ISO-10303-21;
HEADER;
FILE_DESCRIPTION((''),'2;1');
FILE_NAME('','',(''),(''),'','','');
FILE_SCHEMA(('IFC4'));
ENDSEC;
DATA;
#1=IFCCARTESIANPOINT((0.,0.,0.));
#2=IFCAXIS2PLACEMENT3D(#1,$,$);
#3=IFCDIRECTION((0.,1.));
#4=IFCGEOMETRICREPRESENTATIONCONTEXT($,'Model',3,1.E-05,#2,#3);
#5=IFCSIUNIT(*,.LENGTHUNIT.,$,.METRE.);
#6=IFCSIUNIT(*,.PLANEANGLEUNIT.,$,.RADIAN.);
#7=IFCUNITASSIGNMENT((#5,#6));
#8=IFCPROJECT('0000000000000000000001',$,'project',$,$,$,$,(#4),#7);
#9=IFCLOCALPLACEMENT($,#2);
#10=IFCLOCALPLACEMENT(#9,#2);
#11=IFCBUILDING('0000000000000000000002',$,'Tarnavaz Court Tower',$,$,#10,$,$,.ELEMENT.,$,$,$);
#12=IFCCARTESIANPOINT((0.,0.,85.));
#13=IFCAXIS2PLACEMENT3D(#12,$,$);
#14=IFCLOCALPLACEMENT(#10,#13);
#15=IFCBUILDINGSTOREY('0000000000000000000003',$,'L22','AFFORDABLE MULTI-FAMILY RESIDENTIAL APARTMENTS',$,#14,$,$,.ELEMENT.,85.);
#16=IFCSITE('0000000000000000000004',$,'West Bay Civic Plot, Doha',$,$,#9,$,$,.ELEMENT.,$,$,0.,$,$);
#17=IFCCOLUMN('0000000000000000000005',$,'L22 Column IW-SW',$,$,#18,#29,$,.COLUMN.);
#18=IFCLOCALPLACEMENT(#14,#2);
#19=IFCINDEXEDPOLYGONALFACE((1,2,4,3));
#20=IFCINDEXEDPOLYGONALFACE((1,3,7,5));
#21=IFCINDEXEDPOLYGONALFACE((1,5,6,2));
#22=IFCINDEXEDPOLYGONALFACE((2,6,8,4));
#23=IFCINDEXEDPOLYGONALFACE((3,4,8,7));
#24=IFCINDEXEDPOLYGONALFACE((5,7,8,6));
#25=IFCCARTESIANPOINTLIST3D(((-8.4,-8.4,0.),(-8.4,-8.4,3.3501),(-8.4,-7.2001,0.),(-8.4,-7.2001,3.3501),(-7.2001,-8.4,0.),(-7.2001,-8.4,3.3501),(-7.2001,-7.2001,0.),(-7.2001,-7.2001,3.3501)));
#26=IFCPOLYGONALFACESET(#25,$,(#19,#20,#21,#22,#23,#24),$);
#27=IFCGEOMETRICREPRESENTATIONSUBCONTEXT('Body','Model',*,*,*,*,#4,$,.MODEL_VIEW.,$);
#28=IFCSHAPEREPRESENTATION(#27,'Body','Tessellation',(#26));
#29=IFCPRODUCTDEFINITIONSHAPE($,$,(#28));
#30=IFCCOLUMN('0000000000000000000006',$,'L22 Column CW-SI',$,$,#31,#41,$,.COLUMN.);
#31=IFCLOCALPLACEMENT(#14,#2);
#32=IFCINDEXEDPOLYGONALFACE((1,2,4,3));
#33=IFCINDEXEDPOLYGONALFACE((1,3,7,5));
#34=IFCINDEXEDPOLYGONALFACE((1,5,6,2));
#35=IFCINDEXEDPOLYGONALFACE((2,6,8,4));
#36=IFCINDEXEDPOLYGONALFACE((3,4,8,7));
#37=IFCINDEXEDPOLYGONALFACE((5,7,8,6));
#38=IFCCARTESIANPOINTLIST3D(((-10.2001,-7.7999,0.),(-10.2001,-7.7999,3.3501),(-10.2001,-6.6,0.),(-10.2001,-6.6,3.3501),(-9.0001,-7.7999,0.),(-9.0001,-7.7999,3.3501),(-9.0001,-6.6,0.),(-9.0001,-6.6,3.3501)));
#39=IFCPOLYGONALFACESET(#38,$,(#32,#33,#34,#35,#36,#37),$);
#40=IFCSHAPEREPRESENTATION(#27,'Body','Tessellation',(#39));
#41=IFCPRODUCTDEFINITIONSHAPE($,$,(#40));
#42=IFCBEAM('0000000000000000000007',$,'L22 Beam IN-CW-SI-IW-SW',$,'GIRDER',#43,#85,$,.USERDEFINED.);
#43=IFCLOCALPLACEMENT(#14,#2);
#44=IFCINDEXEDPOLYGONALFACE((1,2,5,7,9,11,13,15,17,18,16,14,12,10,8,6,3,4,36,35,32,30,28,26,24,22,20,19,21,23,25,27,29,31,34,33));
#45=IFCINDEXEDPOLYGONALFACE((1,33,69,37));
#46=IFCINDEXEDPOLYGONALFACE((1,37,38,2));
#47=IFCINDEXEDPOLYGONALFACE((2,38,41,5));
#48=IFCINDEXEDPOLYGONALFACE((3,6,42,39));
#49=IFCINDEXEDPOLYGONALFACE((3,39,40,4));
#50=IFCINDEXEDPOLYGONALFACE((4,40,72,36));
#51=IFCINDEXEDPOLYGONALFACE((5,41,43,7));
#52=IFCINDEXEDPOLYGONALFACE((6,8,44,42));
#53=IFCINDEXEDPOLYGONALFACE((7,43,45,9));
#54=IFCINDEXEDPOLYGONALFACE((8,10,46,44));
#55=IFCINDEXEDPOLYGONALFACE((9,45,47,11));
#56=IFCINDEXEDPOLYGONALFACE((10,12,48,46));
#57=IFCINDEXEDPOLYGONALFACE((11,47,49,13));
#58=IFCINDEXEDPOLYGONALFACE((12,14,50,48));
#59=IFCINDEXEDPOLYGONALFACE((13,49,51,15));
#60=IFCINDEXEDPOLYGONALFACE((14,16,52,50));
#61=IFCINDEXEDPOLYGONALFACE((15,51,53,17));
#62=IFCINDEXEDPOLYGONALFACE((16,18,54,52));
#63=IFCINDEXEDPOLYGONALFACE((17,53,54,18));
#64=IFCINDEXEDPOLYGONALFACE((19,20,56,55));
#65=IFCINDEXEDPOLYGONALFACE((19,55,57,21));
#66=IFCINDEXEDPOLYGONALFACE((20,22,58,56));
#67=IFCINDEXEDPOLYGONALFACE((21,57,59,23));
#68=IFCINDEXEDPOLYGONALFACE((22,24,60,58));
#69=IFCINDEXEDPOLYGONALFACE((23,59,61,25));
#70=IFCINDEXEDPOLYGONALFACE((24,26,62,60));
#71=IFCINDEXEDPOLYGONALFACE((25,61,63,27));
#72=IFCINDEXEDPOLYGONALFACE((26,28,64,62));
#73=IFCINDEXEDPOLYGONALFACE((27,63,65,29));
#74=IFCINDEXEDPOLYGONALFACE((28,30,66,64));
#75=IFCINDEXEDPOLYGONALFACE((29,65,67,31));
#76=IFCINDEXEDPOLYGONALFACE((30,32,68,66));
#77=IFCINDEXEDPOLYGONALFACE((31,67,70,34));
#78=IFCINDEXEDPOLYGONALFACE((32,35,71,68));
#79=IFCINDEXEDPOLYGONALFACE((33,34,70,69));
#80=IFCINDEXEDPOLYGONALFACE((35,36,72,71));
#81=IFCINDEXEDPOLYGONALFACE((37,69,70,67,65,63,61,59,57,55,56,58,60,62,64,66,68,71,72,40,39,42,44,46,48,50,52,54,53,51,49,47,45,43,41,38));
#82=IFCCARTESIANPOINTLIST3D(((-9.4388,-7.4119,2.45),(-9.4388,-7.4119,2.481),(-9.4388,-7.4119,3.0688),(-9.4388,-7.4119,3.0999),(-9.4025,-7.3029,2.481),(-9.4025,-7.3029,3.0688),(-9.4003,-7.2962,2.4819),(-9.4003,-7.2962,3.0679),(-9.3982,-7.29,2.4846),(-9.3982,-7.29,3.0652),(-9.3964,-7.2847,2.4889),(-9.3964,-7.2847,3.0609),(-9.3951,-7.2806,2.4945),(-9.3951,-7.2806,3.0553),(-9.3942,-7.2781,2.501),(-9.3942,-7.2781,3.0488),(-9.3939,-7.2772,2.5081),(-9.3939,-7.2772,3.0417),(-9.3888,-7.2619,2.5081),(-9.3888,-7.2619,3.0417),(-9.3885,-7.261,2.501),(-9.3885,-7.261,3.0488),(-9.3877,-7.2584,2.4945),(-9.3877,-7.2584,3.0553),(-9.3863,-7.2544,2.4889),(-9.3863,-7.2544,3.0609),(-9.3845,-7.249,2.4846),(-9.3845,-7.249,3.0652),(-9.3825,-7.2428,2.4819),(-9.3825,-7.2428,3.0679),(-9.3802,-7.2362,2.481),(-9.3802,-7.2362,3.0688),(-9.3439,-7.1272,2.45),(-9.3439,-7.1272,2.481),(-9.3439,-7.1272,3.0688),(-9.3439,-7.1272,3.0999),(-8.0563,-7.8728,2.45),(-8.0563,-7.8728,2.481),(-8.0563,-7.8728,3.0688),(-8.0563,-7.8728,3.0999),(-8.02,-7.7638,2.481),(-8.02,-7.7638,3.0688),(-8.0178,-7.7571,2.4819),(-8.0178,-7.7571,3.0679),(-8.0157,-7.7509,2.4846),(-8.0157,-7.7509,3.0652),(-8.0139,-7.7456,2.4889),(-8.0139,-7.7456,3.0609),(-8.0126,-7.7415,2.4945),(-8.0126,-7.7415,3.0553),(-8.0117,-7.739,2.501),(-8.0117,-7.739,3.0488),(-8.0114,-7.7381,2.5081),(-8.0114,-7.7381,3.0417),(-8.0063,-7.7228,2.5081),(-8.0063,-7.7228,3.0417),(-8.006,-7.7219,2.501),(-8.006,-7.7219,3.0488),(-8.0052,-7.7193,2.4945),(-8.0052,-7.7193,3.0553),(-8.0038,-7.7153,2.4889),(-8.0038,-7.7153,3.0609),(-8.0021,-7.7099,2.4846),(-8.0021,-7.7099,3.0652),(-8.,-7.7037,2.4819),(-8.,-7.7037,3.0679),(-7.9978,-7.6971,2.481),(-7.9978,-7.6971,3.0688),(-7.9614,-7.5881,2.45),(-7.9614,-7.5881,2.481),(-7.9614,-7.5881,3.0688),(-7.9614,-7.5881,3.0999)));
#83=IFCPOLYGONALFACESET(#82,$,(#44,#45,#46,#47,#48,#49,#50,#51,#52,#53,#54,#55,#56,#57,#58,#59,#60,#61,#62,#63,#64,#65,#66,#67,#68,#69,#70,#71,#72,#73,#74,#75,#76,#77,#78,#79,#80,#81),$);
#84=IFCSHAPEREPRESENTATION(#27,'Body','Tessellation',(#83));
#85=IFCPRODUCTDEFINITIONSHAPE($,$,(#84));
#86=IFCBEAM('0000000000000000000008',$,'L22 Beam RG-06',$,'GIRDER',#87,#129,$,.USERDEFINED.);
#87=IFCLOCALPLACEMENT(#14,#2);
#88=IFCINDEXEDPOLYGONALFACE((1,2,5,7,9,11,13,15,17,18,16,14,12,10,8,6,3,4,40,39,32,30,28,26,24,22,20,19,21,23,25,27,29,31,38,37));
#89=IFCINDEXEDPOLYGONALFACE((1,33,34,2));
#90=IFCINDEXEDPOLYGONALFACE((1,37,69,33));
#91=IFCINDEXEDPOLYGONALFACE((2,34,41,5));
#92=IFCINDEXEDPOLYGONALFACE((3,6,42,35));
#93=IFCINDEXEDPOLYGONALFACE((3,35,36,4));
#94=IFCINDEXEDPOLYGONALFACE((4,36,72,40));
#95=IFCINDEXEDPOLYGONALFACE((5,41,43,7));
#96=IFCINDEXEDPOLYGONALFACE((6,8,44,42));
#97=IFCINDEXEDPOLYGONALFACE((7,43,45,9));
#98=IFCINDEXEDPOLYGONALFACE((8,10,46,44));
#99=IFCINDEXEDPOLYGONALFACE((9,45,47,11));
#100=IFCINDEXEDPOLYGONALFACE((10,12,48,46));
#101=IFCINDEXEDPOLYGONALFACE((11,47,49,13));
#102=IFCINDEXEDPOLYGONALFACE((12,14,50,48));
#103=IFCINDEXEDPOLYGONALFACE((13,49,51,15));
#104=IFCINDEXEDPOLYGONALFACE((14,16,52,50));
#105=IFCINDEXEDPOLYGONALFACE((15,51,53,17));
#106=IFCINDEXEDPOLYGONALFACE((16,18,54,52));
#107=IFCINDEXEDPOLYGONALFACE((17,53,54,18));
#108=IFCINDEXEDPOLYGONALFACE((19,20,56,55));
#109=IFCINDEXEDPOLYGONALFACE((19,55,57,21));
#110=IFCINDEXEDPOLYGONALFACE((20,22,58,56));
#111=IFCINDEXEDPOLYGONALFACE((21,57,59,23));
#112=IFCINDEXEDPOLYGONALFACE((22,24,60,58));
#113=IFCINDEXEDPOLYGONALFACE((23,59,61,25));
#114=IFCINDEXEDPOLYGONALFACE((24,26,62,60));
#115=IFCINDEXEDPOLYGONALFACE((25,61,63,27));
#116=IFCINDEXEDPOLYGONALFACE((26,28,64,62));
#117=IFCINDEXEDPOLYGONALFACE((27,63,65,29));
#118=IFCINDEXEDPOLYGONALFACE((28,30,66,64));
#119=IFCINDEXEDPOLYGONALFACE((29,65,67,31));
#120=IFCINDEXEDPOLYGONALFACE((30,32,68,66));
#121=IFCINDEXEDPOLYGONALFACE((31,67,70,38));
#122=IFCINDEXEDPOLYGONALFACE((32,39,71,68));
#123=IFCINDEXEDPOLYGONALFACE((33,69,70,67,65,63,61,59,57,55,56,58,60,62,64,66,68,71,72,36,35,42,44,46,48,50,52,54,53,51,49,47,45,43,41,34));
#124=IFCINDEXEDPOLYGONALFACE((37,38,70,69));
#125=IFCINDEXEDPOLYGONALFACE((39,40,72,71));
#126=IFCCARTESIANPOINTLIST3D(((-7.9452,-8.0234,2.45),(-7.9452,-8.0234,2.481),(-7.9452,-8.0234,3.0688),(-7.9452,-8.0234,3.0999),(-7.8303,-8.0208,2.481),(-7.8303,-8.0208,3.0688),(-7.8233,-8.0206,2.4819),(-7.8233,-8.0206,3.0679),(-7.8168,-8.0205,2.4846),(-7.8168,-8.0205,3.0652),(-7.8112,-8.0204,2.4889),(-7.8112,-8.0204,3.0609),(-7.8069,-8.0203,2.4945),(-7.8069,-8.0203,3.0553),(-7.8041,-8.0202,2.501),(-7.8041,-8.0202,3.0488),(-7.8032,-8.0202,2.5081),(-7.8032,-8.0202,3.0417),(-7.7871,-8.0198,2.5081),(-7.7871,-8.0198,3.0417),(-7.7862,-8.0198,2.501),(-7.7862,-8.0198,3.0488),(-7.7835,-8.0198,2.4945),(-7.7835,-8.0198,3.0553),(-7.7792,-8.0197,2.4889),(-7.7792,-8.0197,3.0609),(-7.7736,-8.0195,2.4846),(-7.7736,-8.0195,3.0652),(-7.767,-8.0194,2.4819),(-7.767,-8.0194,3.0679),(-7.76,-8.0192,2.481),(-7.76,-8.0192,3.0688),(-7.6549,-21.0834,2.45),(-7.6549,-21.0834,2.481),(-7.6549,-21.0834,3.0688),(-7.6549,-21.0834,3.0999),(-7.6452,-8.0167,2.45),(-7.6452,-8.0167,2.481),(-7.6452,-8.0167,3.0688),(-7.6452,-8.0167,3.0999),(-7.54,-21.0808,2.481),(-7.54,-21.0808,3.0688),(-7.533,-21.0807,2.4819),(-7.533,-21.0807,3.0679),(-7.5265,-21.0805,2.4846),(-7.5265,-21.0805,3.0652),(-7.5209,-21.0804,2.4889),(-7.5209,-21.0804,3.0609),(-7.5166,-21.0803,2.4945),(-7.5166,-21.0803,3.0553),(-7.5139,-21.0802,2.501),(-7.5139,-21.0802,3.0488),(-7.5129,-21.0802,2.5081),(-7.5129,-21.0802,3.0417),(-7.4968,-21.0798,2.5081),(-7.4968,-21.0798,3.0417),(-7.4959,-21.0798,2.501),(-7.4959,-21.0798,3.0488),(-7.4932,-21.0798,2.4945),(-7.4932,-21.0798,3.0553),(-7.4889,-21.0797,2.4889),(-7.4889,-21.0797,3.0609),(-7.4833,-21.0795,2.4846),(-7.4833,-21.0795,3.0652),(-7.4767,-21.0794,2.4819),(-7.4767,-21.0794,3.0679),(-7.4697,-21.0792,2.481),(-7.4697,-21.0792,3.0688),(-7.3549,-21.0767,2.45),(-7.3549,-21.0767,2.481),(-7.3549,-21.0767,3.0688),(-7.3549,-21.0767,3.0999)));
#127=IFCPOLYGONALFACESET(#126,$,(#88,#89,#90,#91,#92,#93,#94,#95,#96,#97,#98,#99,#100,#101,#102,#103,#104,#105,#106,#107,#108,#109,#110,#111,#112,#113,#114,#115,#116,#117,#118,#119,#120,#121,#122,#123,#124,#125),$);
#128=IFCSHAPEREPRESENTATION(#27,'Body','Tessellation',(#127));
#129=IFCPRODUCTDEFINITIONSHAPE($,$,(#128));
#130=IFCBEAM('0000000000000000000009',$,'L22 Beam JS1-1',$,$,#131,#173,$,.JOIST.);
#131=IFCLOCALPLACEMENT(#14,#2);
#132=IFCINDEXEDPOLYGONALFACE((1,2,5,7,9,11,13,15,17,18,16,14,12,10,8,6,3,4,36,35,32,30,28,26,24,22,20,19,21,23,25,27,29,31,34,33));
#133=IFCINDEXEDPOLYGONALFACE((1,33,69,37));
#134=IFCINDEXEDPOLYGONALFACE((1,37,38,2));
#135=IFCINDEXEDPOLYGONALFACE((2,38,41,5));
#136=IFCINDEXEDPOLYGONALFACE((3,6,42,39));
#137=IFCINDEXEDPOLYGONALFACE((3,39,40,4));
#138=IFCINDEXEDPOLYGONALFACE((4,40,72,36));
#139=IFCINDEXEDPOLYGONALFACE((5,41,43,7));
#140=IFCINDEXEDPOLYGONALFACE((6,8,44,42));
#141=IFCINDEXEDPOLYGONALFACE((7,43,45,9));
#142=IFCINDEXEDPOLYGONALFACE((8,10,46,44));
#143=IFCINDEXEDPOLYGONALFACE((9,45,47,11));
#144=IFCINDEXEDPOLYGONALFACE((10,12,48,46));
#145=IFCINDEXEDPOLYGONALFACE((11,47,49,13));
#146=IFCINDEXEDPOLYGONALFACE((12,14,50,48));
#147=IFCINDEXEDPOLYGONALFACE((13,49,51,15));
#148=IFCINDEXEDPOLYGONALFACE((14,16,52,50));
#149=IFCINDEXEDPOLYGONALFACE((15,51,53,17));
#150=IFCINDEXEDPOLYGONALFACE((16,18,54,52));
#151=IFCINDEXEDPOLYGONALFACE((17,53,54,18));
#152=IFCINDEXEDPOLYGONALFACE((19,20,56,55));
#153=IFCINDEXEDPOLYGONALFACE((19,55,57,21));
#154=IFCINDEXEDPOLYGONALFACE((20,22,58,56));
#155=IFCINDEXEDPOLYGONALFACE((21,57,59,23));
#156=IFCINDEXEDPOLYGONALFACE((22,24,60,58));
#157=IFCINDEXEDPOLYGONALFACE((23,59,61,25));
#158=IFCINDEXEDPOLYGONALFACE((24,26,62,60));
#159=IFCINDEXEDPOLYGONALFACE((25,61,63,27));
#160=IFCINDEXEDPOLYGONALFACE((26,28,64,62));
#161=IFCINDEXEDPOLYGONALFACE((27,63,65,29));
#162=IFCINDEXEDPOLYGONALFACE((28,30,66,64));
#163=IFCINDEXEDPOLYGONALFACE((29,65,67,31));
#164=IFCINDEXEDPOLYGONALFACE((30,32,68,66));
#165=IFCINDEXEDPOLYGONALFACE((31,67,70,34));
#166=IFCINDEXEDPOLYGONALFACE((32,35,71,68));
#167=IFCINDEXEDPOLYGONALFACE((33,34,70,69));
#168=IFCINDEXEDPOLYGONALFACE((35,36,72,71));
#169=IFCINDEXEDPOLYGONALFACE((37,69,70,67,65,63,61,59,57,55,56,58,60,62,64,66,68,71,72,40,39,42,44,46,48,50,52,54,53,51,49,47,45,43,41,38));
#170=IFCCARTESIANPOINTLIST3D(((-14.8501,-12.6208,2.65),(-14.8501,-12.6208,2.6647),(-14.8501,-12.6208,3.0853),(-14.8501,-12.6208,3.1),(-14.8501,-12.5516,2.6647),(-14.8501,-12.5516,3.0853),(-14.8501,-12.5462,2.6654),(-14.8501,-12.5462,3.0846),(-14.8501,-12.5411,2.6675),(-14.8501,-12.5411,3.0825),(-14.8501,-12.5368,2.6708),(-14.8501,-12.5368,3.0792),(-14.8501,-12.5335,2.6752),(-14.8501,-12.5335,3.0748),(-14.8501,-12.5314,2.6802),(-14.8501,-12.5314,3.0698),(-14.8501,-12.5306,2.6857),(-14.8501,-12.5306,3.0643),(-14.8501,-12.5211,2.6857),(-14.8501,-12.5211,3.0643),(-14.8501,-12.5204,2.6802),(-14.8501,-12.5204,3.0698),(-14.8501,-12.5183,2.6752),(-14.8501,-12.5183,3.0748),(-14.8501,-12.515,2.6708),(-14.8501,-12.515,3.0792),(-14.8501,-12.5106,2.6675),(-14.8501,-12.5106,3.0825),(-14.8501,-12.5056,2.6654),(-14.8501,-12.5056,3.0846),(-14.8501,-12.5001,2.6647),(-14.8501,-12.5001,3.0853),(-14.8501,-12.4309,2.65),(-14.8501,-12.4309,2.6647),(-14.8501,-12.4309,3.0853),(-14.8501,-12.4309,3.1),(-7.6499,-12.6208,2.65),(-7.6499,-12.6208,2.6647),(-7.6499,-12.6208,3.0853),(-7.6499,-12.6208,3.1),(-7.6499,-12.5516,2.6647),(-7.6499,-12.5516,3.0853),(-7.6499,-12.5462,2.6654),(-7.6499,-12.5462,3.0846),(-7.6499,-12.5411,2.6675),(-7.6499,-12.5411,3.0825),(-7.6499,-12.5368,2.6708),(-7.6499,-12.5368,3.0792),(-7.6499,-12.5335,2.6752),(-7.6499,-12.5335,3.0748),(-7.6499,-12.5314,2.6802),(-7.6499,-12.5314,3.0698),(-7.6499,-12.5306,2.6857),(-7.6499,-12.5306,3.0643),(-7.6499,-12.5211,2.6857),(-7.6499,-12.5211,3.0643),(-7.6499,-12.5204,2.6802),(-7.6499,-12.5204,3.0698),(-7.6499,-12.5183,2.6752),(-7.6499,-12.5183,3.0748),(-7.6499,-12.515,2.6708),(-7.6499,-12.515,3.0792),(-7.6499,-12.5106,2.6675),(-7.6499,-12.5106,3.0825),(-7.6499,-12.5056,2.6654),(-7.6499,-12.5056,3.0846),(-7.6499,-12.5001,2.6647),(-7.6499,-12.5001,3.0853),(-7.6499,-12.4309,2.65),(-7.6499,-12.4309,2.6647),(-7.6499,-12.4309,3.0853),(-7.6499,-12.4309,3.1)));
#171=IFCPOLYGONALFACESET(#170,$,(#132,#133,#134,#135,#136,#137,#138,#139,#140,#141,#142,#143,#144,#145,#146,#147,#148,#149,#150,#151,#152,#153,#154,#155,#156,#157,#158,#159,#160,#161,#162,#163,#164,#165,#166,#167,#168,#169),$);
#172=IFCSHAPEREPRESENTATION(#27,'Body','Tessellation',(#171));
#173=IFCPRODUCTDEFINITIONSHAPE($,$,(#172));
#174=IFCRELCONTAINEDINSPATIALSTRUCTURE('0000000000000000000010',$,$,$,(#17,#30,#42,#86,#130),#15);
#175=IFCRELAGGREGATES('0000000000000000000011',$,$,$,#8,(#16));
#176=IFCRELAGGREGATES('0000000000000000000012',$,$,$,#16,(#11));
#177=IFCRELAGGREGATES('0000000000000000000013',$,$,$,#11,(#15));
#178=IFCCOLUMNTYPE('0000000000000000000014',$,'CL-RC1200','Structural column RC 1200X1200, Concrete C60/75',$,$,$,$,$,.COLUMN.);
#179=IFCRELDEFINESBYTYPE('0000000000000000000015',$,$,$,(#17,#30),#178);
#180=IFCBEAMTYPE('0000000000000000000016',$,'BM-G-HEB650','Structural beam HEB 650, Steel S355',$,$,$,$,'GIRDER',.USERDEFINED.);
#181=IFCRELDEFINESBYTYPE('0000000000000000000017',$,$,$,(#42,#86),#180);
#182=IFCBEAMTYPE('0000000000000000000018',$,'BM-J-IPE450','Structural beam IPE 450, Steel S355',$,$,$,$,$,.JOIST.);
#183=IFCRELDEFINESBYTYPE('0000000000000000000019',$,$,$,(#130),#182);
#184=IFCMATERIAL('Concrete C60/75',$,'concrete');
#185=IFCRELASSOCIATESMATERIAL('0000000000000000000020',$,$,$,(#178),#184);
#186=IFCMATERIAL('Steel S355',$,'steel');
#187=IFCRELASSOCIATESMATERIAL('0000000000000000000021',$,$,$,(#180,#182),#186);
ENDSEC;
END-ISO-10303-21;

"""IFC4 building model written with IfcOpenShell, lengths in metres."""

from ifc_helpers import new_model, si_unit, direction, frame, origin, origin_2d, place, context, subcontext, project, spatial, rectangle, i_section, extrude, material, material_profile, profile_set, type_object, element, save


model = new_model("IFC4")

# Units and contexts
model_context = context("Model", 3, precision=1e-05, world=origin(), true_north=direction((0.0, 1.0)))
body_context = subcontext(model_context, "Body", "Model", "MODEL_VIEW")
ifc_project = project(units=[si_unit("LENGTHUNIT", "METRE"), si_unit("PLANEANGLEUNIT", "RADIAN")], contexts=[model_context])

# Site, building, storey
site_placement = place(None, origin())
site = spatial("IfcSite", under=ifc_project, at=site_placement, Name="West Bay Civic Plot, Doha", CompositionType="ELEMENT", RefElevation=0.0)
building_placement = place(site_placement, origin())
building = spatial("IfcBuilding", under=site, at=building_placement, Name="Tarnavaz Court Tower", CompositionType="ELEMENT")
storey_placement = place(building_placement, frame((0.0, 0.0, 85.0)))
storey = spatial("IfcBuildingStorey", under=building, at=storey_placement, Name="L22", Description="AFFORDABLE MULTI-FAMILY RESIDENTIAL APARTMENTS", CompositionType="ELEMENT", Elevation=85.0)

# Columns
ifc_material_1 = material(Name="Concrete C60/75", Category="concrete")
ifc_material_profile_1 = material_profile(ifc_material_1, rectangle(XDim=1.2, YDim=1.2, at=origin_2d()), Name="RC 1200X1200")
ifc_profile_set_1 = profile_set([ifc_material_profile_1], Name="Concrete C60/75")
column_type = type_object("IfcColumnType", Name="CL-RC1200", Description="Structural column RC 1200X1200, Concrete C60/75", PredefinedType="COLUMN", material=ifc_profile_set_1)
for number, where, z_axis, x_axis, name in (
    (1, (-7.8, -7.8, 0.0), (0.0, 0.0, 1.0), (1.0, 0.0, 0.0), "L22 Column IW-SW"),
    (2, (-9.6001, -7.2, 0.0), (0.0, 0.0, 1.0), (1.0, 0.0, 0.0), "L22 Column CW-SI"),
):
    element("IfcColumn", number, at=place(storey_placement, frame(where, z_axis=z_axis, x_axis=x_axis)), inside=storey, type_object=column_type, Name=name, PredefinedType="COLUMN", context=body_context, shape_type="SweptSolid", body=[
        extrude(rectangle(XDim=1.2, YDim=1.2, at=origin_2d()), origin(), (0.0, 0.0, 1.0), 3.3501),
    ])

# Beams
ifc_material_2 = material(Name="Steel S355", Category="steel")
ifc_material_profile_2 = material_profile(ifc_material_2, i_section(OverallWidth=0.3, OverallDepth=0.6499, WebThickness=0.0161, FlangeThickness=0.031, FilletRadius=0.0271, at=origin_2d()), Name="HEB 650")
ifc_profile_set_2 = profile_set([ifc_material_profile_2], Name="Steel S355")
beam_type_1 = type_object("IfcBeamType", Name="BM-G-HEB650", Description="Structural beam HEB 650, Steel S355", ElementType="GIRDER", PredefinedType="USERDEFINED", material=ifc_profile_set_2)
beam_1_placement = place(storey_placement, frame((-9.3914, -7.2695, 2.7749), z_axis=(0.948667, -0.316278, 0.0), x_axis=(0.316278, 0.948667, 0.0)))
element("IfcBeam", 3, at=beam_1_placement, inside=storey, type_object=beam_type_1, Name="L22 Beam IN-CW-SI-IW-SW", ObjectType="GIRDER", PredefinedType="USERDEFINED", context=body_context, shape_type="SweptSolid", body=[
    extrude(i_section(OverallWidth=0.3, OverallDepth=0.6499, WebThickness=0.0161, FlangeThickness=0.031, FilletRadius=0.0271, at=origin_2d()), origin(), (0.0, 0.0, 1.0), 1.4573),
])
beam_2_placement = place(storey_placement, frame((-7.7952, -8.02, 2.7749), z_axis=(0.022221, -0.999753, 0.0), x_axis=(0.999753, 0.022221, 0.0)))
element("IfcBeam", 4, at=beam_2_placement, inside=storey, type_object=beam_type_1, Name="L22 Beam RG-06", ObjectType="GIRDER", PredefinedType="USERDEFINED", context=body_context, shape_type="SweptSolid", body=[
    extrude(i_section(OverallWidth=0.3, OverallDepth=0.6499, WebThickness=0.0161, FlangeThickness=0.031, FilletRadius=0.0271, at=origin_2d()), origin(), (0.0, 0.0, 1.0), 13.0632),
])
ifc_material_profile_3 = material_profile(ifc_material_2, i_section(OverallWidth=0.1899, OverallDepth=0.45, WebThickness=0.0095, FlangeThickness=0.0146, FilletRadius=0.021, at=origin_2d()), Name="IPE 450")
ifc_profile_set_3 = profile_set([ifc_material_profile_3], Name="Steel S355")
beam_type_2 = type_object("IfcBeamType", Name="BM-J-IPE450", Description="Structural beam IPE 450, Steel S355", PredefinedType="JOIST", material=ifc_profile_set_3)
beam_3_placement = place(storey_placement, frame((-14.8501, -12.5259, 2.875), z_axis=(1.0, 0.0, 0.0), x_axis=(0.0, 1.0, 0.0)))
element("IfcBeam", 5, at=beam_3_placement, inside=storey, type_object=beam_type_2, Name="L22 Beam JS1-1", PredefinedType="JOIST", context=body_context, shape_type="SweptSolid", body=[
    extrude(i_section(OverallWidth=0.1899, OverallDepth=0.45, WebThickness=0.0095, FlangeThickness=0.0146, FilletRadius=0.021, at=origin_2d()), origin(), (0.0, 0.0, 1.0), 7.2002),
])

save(model, "model.ifc")
